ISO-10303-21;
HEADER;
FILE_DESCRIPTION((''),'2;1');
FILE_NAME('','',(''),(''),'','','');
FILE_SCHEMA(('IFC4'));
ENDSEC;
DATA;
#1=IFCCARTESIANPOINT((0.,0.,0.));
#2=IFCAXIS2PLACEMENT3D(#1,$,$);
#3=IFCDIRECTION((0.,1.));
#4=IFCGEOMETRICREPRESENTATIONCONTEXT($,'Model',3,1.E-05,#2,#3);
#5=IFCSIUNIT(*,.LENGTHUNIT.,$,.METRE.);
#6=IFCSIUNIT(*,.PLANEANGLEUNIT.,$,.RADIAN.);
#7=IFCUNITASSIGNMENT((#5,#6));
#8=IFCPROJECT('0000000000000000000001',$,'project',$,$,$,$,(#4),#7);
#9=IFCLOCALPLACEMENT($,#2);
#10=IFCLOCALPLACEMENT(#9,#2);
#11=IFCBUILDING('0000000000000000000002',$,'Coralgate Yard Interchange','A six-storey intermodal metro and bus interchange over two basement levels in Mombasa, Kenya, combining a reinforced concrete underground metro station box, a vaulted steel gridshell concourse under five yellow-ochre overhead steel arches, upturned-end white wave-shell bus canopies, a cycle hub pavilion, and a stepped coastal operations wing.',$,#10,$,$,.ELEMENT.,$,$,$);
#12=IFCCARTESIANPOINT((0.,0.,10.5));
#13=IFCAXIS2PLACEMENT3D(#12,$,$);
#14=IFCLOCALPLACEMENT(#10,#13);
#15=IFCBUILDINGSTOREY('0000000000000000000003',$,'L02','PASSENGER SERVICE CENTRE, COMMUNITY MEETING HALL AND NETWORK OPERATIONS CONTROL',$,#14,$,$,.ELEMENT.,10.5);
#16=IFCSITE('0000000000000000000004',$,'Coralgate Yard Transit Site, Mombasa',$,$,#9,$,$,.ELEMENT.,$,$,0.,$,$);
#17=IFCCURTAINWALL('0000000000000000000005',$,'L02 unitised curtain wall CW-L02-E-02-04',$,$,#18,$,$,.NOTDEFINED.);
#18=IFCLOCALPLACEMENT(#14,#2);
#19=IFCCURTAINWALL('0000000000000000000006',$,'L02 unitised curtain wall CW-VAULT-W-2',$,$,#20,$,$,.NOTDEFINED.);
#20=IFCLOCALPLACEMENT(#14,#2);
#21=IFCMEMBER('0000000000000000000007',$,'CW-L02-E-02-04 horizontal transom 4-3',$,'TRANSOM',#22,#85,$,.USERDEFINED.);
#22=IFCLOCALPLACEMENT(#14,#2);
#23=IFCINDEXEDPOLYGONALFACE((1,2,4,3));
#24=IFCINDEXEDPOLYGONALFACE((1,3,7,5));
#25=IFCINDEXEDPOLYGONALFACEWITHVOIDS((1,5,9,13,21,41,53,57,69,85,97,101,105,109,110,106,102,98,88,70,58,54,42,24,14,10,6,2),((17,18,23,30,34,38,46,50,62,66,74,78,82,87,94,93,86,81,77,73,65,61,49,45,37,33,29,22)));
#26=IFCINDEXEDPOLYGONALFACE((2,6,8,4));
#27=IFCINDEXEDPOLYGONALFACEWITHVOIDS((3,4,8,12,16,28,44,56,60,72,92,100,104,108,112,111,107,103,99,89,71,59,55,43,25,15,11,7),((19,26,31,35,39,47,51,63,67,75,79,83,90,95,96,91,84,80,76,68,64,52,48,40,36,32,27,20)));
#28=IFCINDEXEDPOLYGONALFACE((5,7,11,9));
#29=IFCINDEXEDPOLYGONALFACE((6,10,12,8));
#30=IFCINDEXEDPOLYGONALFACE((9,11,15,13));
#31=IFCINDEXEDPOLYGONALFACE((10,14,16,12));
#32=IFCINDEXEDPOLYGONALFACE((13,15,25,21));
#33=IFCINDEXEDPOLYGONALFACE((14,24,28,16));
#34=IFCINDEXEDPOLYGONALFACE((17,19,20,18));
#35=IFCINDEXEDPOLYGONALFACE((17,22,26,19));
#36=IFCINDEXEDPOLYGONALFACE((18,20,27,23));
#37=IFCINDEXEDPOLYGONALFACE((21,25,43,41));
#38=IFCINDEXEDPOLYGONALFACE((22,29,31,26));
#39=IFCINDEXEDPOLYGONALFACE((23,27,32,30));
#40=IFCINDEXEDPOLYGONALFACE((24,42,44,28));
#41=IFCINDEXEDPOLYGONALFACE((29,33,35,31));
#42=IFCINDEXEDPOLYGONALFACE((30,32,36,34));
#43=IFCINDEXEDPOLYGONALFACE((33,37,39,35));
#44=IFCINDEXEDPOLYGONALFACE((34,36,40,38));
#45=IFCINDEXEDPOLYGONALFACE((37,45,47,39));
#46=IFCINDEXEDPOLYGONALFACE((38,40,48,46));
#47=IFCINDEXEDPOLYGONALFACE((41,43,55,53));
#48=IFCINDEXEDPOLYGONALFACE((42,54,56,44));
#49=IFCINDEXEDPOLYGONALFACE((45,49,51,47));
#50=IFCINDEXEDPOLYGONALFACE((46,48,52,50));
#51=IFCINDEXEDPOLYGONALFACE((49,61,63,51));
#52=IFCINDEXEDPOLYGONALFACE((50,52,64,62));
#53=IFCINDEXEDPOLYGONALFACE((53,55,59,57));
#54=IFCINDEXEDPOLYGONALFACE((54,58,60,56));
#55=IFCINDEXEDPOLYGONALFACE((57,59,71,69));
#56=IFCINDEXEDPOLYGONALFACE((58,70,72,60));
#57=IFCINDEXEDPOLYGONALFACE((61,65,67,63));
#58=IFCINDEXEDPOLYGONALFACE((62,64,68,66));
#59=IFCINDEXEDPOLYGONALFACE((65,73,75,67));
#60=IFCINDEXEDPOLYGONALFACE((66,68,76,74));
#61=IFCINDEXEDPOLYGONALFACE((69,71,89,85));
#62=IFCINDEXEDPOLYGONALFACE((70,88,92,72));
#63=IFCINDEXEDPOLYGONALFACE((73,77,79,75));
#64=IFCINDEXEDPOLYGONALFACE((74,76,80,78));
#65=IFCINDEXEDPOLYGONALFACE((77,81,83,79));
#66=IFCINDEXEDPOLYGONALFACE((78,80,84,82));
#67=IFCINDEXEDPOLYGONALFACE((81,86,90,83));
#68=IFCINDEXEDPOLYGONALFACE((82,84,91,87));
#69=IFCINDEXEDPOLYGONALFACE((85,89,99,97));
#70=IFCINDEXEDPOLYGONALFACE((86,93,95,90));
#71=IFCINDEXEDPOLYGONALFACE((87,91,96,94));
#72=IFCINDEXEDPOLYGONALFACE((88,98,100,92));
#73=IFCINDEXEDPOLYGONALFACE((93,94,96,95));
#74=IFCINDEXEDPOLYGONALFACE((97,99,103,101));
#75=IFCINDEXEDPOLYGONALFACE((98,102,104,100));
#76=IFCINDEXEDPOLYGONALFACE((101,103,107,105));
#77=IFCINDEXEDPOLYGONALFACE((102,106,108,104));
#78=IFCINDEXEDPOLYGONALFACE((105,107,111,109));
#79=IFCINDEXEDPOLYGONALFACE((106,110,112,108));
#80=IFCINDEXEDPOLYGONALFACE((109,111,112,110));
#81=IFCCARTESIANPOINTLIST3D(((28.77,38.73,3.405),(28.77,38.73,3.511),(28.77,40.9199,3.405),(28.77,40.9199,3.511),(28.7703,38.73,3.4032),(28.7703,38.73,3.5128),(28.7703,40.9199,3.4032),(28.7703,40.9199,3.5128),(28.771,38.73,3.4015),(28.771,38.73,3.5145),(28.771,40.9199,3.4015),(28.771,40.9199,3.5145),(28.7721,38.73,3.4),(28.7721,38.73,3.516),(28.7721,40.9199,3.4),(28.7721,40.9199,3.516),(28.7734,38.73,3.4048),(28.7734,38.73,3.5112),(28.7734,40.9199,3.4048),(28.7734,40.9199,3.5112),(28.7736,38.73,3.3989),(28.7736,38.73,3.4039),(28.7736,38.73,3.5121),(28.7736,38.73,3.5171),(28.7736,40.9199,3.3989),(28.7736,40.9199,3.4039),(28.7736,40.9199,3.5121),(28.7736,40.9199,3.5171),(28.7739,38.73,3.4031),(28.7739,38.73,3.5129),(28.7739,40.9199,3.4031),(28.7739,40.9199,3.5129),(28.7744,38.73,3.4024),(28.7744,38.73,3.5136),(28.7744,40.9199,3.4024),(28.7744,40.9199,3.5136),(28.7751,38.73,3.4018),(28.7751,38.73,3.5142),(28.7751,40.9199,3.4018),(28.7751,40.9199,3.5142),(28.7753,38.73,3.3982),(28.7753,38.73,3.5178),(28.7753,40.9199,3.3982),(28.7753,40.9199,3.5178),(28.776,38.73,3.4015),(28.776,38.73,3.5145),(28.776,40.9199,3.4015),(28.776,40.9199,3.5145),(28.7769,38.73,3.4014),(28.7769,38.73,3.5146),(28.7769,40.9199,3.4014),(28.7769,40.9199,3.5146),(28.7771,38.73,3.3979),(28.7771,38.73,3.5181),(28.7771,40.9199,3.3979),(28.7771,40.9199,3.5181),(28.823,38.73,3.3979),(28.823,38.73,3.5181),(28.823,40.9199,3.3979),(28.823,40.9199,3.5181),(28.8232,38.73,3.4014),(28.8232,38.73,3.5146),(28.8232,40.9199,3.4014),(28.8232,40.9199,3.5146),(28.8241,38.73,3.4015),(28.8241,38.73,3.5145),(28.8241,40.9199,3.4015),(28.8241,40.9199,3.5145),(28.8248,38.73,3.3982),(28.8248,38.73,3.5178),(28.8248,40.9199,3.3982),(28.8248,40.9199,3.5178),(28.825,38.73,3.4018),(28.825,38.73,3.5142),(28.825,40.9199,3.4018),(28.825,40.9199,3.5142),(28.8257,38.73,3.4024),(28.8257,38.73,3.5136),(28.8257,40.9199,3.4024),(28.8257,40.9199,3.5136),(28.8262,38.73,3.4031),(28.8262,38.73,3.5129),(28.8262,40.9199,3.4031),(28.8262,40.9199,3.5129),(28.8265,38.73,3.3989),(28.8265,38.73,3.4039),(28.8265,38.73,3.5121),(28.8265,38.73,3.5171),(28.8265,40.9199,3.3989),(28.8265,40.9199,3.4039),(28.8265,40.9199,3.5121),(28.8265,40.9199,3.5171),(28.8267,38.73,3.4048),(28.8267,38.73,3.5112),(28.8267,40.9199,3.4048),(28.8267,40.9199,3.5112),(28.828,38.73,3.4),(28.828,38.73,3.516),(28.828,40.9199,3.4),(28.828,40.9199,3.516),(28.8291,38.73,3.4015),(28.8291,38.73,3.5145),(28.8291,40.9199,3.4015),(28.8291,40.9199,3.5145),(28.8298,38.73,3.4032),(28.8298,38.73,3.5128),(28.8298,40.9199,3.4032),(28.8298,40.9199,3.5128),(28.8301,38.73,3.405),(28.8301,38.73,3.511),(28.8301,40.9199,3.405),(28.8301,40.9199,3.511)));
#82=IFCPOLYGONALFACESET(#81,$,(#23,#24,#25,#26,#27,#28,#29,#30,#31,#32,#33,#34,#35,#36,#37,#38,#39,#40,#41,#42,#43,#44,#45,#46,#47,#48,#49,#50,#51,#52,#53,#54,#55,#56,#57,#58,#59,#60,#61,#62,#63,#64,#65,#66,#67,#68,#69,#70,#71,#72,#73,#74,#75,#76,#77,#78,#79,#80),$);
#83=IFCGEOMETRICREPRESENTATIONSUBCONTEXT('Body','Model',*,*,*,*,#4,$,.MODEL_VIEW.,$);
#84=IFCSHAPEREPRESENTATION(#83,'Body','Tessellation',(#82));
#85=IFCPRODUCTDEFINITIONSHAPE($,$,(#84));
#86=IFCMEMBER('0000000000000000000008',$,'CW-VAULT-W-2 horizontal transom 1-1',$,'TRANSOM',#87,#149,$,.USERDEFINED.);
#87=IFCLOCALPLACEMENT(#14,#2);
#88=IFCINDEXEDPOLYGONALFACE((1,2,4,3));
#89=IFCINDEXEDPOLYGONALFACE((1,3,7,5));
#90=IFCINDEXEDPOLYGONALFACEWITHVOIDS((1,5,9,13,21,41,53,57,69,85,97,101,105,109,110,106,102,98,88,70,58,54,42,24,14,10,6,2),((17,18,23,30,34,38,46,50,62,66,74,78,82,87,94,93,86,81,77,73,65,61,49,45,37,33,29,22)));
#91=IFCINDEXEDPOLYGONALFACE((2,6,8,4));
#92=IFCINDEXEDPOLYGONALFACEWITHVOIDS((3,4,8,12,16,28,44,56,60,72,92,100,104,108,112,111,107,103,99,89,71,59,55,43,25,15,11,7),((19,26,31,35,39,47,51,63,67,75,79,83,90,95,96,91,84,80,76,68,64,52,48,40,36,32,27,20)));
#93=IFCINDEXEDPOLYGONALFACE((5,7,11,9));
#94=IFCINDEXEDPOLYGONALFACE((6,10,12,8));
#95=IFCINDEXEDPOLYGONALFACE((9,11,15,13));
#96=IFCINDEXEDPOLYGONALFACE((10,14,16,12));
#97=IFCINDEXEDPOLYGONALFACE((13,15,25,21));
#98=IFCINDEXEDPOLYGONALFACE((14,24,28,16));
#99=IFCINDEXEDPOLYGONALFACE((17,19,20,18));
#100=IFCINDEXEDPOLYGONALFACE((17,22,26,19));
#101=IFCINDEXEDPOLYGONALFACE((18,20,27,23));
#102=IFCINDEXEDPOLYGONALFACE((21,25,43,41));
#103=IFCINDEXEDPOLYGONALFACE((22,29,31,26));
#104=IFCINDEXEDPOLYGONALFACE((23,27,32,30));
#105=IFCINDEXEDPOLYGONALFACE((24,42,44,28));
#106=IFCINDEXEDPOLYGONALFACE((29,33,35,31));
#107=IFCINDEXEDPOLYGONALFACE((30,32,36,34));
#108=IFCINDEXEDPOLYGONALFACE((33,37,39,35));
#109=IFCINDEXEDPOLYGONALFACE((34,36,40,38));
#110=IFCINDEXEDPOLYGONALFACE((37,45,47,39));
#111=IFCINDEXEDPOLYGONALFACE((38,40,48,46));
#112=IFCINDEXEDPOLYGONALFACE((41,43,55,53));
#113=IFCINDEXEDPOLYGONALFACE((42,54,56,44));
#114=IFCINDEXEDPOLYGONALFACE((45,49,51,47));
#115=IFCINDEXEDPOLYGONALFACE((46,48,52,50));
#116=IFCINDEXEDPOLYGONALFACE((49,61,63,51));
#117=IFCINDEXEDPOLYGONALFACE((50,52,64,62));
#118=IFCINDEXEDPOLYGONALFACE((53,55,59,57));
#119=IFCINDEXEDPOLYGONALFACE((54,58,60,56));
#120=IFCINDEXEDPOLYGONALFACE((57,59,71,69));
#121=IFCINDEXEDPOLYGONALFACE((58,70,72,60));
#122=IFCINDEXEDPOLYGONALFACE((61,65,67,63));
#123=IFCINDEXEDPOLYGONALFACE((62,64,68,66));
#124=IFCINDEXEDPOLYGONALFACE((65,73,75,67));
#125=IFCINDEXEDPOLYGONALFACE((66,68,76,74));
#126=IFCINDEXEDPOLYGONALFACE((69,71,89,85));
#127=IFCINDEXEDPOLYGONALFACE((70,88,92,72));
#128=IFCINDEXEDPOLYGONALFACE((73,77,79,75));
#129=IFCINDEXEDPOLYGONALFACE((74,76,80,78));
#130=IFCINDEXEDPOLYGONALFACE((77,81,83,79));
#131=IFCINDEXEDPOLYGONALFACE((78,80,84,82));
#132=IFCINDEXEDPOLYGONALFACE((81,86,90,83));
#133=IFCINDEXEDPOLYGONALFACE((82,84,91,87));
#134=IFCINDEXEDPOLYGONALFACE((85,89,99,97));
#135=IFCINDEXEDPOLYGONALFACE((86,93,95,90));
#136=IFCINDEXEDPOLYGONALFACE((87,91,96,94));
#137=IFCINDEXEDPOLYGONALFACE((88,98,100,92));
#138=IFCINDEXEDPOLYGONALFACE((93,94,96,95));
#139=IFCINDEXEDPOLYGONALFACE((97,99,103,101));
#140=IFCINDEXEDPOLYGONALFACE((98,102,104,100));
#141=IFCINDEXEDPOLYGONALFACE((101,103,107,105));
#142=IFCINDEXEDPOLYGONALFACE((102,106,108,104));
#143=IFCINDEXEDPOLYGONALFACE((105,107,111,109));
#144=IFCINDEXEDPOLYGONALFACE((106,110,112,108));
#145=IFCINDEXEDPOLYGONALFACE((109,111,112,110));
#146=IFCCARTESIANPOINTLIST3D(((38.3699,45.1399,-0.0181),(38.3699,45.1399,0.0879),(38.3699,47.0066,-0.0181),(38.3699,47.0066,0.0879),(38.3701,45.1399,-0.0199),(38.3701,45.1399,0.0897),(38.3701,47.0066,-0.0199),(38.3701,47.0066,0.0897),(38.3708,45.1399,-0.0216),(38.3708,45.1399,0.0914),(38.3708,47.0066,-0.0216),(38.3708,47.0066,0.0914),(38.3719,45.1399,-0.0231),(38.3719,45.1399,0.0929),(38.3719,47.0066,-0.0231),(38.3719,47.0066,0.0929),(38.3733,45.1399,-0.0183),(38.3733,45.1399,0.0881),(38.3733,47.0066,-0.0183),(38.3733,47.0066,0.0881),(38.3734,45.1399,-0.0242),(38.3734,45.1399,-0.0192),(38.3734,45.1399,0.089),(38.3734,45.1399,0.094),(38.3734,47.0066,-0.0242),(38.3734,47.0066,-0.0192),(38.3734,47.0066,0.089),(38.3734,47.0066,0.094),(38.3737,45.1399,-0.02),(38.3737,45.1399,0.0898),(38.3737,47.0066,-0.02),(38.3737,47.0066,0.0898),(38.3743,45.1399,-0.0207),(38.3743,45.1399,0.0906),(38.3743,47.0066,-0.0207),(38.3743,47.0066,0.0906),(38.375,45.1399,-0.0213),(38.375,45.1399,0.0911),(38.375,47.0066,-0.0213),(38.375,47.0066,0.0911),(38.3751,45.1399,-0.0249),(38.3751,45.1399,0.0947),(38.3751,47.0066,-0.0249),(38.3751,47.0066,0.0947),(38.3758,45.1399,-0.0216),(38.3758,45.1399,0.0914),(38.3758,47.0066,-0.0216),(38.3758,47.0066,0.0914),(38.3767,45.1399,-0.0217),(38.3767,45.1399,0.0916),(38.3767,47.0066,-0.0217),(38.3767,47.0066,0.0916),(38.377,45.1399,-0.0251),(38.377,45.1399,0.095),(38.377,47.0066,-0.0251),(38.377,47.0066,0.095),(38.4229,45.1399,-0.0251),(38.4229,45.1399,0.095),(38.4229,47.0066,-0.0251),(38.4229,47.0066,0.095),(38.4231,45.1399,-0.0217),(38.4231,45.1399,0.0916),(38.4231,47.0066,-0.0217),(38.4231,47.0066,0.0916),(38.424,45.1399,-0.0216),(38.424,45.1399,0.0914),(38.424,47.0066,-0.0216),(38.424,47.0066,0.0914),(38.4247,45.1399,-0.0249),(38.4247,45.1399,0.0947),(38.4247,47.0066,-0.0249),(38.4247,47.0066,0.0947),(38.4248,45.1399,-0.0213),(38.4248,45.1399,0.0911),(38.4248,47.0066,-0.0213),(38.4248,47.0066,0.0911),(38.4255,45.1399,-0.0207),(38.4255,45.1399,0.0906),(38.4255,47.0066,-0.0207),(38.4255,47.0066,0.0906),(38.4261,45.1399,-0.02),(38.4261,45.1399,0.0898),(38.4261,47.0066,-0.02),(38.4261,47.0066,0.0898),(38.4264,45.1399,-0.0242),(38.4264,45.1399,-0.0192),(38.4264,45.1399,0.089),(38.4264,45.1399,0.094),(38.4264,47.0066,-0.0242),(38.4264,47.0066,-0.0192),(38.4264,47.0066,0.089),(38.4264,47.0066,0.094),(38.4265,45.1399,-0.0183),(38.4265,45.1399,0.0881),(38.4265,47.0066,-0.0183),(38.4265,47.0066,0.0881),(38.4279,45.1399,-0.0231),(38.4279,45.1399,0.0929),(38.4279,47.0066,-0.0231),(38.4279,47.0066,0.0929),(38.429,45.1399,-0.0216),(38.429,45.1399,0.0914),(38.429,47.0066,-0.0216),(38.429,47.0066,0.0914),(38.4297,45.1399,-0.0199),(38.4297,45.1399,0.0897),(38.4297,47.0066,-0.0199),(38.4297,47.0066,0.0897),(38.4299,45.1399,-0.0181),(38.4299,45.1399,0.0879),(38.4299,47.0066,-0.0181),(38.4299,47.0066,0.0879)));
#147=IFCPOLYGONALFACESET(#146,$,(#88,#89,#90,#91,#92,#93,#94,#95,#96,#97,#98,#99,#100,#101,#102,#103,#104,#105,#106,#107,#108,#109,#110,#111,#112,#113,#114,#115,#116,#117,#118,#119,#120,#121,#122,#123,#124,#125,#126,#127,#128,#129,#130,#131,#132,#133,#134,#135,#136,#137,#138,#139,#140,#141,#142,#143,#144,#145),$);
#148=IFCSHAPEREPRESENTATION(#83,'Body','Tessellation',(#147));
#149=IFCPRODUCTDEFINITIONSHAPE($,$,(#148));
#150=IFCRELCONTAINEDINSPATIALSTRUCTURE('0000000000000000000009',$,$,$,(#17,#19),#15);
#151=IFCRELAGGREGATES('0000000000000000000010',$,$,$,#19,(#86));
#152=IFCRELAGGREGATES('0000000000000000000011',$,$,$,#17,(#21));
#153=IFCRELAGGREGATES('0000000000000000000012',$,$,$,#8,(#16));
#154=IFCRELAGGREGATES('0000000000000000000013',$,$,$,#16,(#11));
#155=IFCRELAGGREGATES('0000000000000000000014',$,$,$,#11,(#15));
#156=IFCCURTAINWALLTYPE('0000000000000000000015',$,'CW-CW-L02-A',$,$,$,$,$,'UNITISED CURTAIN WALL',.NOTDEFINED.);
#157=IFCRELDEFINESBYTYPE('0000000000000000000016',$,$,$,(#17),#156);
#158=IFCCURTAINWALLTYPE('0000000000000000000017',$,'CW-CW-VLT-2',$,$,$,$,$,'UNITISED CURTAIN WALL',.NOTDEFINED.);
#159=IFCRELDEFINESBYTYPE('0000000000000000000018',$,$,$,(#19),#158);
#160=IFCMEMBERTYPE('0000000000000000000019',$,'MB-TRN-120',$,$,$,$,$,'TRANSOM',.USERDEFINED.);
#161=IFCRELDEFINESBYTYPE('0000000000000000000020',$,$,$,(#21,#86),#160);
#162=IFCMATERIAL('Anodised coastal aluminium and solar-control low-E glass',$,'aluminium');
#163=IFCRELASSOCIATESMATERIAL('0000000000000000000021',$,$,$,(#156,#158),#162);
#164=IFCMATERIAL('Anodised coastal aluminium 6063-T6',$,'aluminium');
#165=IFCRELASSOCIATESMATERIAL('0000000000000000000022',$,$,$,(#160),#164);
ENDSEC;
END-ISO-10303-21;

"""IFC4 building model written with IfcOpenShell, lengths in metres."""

from ifc_helpers import new_model, si_unit, direction, frame, origin, origin_2d, place, context, subcontext, project, spatial, hollow_rectangle, extrude, material, material_profile, profile_set, type_object, element, aggregate, save


model = new_model("IFC4")

# Units and contexts
model_context = context("Model", 3, precision=1e-05, world=origin(), true_north=direction((0.0, 1.0)))
body_context = subcontext(model_context, "Body", "Model", "MODEL_VIEW")
ifc_project = project(units=[si_unit("LENGTHUNIT", "METRE"), si_unit("PLANEANGLEUNIT", "RADIAN")], contexts=[model_context])

# Site, building, storey
site_placement = place(None, origin())
site = spatial("IfcSite", under=ifc_project, at=site_placement, Name="Coralgate Yard Transit Site, Mombasa", CompositionType="ELEMENT", RefElevation=0.0)
building_placement = place(site_placement, origin())
building = spatial("IfcBuilding", under=site, at=building_placement, Name="Coralgate Yard Interchange", Description="A six-storey intermodal metro and bus interchange over two basement levels in Mombasa, Kenya, combining a reinforced concrete underground metro station box, a vaulted steel gridshell concourse under five yellow-ochre overhead steel arches, upturned-end white wave-shell bus canopies, a cycle hub pavilion, and a stepped coastal operations wing.", CompositionType="ELEMENT")
storey_placement = place(building_placement, frame((0.0, 0.0, 10.5)))
storey = spatial("IfcBuildingStorey", under=building, at=storey_placement, Name="L02", Description="PASSENGER SERVICE CENTRE, COMMUNITY MEETING HALL AND NETWORK OPERATIONS CONTROL", CompositionType="ELEMENT", Elevation=10.5)

# Curtain wall
ifc_material_1 = material(Name="Anodised coastal aluminium and solar-control low-E glass", Category="aluminium")
curtain_wall_type_1 = type_object("IfcCurtainWallType", Name="CW-CW-L02-A", ElementType="UNITISED CURTAIN WALL", PredefinedType="NOTDEFINED", material=ifc_material_1)
curtain_wall_1_placement = place(storey_placement, origin())
curtain_wall_1 = element("IfcCurtainWall", 1, at=curtain_wall_1_placement, inside=storey, type_object=curtain_wall_type_1, Name="L02 unitised curtain wall CW-L02-E-02-04", PredefinedType="NOTDEFINED")
ifc_material_2 = material(Name="Anodised coastal aluminium 6063-T6", Category="aluminium")

# Curtain wall
curtain_wall_type_2 = type_object("IfcCurtainWallType", Name="CW-CW-VLT-2", ElementType="UNITISED CURTAIN WALL", PredefinedType="NOTDEFINED", material=ifc_material_1)
curtain_wall_2_placement = place(storey_placement, origin())
curtain_wall_2 = element("IfcCurtainWall", 2, at=curtain_wall_2_placement, inside=storey, type_object=curtain_wall_type_2, Name="L02 unitised curtain wall CW-VAULT-W-2", PredefinedType="NOTDEFINED")

# Members
ifc_material_profile_1 = material_profile(ifc_material_2, hollow_rectangle(XDim=0.0601, YDim=0.1201, WallThickness=0.0034, InnerFilletRadius=0.0034, OuterFilletRadius=0.0071, at=origin_2d()), Name="ALU 60x120x3.5")
ifc_profile_set_1 = profile_set([ifc_material_profile_1], Name="Anodised coastal aluminium 6063-T6")
member_type_1 = type_object("IfcMemberType", Name="MB-TRN-120", ElementType="TRANSOM", PredefinedType="USERDEFINED", material=ifc_profile_set_1)
member_1_placement = place(storey_placement, frame((28.8, 40.9199, 3.458), z_axis=(0.0, -1.0, 0.0), x_axis=(1.0, 0.0, 0.0)))
member_1 = element("IfcMember", 3, at=member_1_placement, type_object=member_type_1, Name="CW-L02-E-02-04 horizontal transom 4-3", ObjectType="TRANSOM", PredefinedType="USERDEFINED", context=body_context, shape_type="SweptSolid", body=[
    extrude(hollow_rectangle(XDim=0.0601, YDim=0.1201, WallThickness=0.0034, InnerFilletRadius=0.0034, OuterFilletRadius=0.0071, at=origin_2d()), origin(), (0.0, 0.0, 1.0), 2.1899),
])
member_2_placement = place(storey_placement, frame((38.3999, 45.1399, 0.0349), z_axis=(0.0, 1.0, 0.0), x_axis=(-1.0, 0.0, 0.0)))
member_2 = element("IfcMember", 4, at=member_2_placement, type_object=member_type_1, Name="CW-VAULT-W-2 horizontal transom 1-1", ObjectType="TRANSOM", PredefinedType="USERDEFINED", context=body_context, shape_type="SweptSolid", body=[
    extrude(hollow_rectangle(XDim=0.0601, YDim=0.1201, WallThickness=0.0034, InnerFilletRadius=0.0034, OuterFilletRadius=0.0071, at=origin_2d()), origin(), (0.0, 0.0, 1.0), 1.8667),
])
aggregate(curtain_wall_2, [member_2])

aggregate(curtain_wall_1, [member_1])

save(model, "model.ifc")
